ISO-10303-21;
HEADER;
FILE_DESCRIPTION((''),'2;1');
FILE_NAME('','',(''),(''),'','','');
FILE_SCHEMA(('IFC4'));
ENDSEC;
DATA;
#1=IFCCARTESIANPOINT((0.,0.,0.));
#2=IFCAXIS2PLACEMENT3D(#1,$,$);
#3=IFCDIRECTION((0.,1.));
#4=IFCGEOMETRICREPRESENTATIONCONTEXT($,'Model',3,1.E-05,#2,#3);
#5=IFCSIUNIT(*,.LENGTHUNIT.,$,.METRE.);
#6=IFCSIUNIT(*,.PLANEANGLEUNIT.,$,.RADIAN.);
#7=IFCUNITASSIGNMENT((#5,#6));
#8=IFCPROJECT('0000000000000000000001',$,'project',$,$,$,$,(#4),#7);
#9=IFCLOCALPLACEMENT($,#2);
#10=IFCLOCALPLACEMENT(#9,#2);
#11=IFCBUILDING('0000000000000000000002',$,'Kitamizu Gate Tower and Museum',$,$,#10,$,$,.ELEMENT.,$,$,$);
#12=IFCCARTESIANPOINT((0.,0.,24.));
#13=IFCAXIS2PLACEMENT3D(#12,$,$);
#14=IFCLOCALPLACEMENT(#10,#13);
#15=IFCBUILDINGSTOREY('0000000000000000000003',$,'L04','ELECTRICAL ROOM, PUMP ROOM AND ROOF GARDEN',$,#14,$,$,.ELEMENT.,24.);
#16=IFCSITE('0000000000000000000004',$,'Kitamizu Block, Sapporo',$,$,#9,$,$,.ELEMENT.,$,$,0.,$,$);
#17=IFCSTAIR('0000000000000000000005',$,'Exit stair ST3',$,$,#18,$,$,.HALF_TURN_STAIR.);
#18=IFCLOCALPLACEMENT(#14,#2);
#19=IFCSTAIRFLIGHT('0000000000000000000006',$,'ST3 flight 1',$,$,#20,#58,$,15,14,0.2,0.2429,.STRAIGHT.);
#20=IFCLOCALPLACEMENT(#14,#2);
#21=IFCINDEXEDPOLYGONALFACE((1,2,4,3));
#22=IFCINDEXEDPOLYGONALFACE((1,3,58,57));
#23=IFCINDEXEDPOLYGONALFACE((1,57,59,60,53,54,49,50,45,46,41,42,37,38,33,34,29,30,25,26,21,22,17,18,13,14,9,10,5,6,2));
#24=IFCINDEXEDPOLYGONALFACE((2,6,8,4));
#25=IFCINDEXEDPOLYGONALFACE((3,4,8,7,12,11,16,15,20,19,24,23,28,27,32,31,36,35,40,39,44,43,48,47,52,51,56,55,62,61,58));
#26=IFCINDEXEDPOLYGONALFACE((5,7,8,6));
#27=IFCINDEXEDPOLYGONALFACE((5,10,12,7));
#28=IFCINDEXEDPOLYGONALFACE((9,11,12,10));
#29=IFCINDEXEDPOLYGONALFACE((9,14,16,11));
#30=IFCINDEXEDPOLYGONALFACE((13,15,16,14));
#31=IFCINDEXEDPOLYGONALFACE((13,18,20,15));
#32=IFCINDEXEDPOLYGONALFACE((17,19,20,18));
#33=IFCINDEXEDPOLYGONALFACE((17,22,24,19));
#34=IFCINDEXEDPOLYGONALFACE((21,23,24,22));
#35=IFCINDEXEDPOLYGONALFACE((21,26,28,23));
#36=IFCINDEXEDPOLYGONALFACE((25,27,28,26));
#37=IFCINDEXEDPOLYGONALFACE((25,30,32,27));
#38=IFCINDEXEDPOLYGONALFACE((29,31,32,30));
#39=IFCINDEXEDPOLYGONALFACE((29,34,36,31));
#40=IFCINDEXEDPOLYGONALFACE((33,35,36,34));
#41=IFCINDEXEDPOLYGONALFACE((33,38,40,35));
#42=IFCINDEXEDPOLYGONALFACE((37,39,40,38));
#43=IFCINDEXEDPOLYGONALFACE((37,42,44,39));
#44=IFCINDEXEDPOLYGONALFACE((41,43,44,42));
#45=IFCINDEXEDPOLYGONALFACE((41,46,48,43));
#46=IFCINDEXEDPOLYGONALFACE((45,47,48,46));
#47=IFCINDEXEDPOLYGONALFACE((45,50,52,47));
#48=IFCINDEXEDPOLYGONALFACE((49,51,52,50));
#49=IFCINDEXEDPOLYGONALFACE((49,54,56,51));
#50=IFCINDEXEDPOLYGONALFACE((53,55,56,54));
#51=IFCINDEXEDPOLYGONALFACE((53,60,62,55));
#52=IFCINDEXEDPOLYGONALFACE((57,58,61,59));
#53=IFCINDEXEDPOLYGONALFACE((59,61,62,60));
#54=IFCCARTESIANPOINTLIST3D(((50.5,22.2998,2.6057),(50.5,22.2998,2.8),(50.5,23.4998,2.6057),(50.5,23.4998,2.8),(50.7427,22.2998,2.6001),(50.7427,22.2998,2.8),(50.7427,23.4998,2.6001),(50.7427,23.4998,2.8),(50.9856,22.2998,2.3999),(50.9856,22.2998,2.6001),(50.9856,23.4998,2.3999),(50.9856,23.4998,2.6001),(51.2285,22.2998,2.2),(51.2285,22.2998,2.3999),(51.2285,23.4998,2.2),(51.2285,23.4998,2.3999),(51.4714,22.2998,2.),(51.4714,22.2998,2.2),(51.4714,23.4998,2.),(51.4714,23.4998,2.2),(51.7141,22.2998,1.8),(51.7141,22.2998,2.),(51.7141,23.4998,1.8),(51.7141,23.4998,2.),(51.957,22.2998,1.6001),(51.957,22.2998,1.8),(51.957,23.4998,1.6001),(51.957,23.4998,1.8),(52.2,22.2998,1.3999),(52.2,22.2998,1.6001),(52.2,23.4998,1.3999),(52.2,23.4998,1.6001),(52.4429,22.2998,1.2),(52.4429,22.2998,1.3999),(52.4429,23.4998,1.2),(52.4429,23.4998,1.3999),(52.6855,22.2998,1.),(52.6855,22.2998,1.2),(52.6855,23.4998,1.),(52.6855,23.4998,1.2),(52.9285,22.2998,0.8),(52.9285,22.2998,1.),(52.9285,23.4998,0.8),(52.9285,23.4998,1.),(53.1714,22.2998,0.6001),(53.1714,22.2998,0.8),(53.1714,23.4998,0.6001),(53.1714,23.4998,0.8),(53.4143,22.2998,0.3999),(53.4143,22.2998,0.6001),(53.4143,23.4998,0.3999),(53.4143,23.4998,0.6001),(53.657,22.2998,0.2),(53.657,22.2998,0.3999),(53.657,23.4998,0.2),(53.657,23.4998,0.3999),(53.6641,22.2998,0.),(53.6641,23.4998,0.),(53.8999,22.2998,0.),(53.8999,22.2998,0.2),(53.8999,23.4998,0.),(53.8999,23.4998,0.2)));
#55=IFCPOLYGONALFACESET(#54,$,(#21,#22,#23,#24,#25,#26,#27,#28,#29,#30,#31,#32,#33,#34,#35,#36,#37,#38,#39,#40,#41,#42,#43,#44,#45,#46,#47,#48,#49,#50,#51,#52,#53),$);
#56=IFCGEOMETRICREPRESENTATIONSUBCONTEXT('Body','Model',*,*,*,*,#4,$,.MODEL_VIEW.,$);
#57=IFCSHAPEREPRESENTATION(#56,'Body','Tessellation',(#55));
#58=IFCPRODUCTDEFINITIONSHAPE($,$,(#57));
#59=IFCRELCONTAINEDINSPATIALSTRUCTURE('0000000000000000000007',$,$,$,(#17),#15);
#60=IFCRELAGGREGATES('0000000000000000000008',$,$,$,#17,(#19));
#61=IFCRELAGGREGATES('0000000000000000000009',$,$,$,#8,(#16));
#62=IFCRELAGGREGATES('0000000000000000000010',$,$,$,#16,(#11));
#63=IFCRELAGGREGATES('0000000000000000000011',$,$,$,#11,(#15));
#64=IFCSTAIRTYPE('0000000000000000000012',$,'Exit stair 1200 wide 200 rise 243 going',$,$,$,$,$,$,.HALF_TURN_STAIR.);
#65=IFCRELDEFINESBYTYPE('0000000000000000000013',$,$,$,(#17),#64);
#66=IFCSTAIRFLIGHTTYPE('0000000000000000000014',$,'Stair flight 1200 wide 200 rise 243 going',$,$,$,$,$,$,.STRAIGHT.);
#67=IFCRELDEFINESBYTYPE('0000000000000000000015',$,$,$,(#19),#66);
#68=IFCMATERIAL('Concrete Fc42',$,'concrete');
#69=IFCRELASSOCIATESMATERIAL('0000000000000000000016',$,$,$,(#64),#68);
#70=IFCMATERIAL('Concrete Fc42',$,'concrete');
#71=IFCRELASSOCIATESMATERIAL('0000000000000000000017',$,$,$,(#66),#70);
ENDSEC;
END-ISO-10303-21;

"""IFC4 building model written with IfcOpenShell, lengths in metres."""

from ifc_helpers import new_model, si_unit, direction, frame, origin, place, context, subcontext, project, spatial, polyline, outline, extrude, material, type_object, element, aggregate, save


model = new_model("IFC4")

# Units and contexts
model_context = context("Model", 3, precision=1e-05, world=origin(), true_north=direction((0.0, 1.0)))
body_context = subcontext(model_context, "Body", "Model", "MODEL_VIEW")
ifc_project = project(units=[si_unit("LENGTHUNIT", "METRE"), si_unit("PLANEANGLEUNIT", "RADIAN")], contexts=[model_context])

# Site, building, storey
site_placement = place(None, origin())
site = spatial("IfcSite", under=ifc_project, at=site_placement, Name="Kitamizu Block, Sapporo", CompositionType="ELEMENT", RefElevation=0.0)
building_placement = place(site_placement, origin())
building = spatial("IfcBuilding", under=site, at=building_placement, Name="Kitamizu Gate Tower and Museum", CompositionType="ELEMENT")
storey_placement = place(building_placement, frame((0.0, 0.0, 24.0)))
storey = spatial("IfcBuildingStorey", under=building, at=storey_placement, Name="L04", Description="ELECTRICAL ROOM, PUMP ROOM AND ROOF GARDEN", CompositionType="ELEMENT", Elevation=24.0)

# Stair, stair flight
ifc_material_1 = material(Name="Concrete Fc42", Category="concrete")
stair_type = type_object("IfcStairType", Name="Exit stair 1200 wide 200 rise 243 going", PredefinedType="HALF_TURN_STAIR", material=ifc_material_1)
stair_placement = place(storey_placement, origin())
stair = element("IfcStair", 1, at=stair_placement, inside=storey, type_object=stair_type, Name="Exit stair ST3", PredefinedType="HALF_TURN_STAIR")
ifc_material_2 = material(Name="Concrete Fc42", Category="concrete")
stair_flight_type = type_object("IfcStairFlightType", Name="Stair flight 1200 wide 200 rise 243 going", PredefinedType="STRAIGHT", material=ifc_material_2)
stair_flight_placement = place(storey_placement, frame((53.8999, 22.8999, 0.0), z_axis=(0.0, 0.0, 1.0), x_axis=(-1.0, 0.0, 0.0)))
stair_flight = element("IfcStairFlight", 2, at=stair_flight_placement, type_object=stair_flight_type, Name="ST3 flight 1", NumberOfRisers=15, NumberOfTreads=14, PredefinedType="STRAIGHT", RiserHeight=0.2, TreadLength=0.2429, context=body_context, shape_type="SweptSolid", body=[
    extrude(outline(polyline([(0.0, 0.0), (0.0, 0.2), (0.2429, 0.2), (0.2429, 0.3999), (0.4856, 0.3999), (0.4856, 0.6001), (0.7285, 0.6001), (0.7285, 0.8), (0.9714, 0.8), (0.9714, 1.0), (1.2144, 1.0), (1.2144, 1.2), (1.457, 1.2), (1.457, 1.3999), (1.7, 1.3999), (1.7, 1.6001), (1.9429, 1.6001), (1.9429, 1.8), (2.1858, 1.8), (2.1858, 2.0), (2.4285, 2.0), (2.4285, 2.2), (2.6714, 2.2), (2.6714, 2.3999), (2.9143, 2.3999), (2.9143, 2.6001), (3.1572, 2.6001), (3.1572, 2.8), (3.3999, 2.8), (3.3999, 3.0), (3.3999, 2.6057), (0.2358, 0.0), (0.0, 0.0)])), frame((0.0, 0.6001, 0.0), z_axis=(0.0, -1.0, 0.0), x_axis=(1.0, 0.0, 0.0)), (0.0, 0.0, 1.0), 1.2),
])
aggregate(stair, [stair_flight])

save(model, "model.ifc")
